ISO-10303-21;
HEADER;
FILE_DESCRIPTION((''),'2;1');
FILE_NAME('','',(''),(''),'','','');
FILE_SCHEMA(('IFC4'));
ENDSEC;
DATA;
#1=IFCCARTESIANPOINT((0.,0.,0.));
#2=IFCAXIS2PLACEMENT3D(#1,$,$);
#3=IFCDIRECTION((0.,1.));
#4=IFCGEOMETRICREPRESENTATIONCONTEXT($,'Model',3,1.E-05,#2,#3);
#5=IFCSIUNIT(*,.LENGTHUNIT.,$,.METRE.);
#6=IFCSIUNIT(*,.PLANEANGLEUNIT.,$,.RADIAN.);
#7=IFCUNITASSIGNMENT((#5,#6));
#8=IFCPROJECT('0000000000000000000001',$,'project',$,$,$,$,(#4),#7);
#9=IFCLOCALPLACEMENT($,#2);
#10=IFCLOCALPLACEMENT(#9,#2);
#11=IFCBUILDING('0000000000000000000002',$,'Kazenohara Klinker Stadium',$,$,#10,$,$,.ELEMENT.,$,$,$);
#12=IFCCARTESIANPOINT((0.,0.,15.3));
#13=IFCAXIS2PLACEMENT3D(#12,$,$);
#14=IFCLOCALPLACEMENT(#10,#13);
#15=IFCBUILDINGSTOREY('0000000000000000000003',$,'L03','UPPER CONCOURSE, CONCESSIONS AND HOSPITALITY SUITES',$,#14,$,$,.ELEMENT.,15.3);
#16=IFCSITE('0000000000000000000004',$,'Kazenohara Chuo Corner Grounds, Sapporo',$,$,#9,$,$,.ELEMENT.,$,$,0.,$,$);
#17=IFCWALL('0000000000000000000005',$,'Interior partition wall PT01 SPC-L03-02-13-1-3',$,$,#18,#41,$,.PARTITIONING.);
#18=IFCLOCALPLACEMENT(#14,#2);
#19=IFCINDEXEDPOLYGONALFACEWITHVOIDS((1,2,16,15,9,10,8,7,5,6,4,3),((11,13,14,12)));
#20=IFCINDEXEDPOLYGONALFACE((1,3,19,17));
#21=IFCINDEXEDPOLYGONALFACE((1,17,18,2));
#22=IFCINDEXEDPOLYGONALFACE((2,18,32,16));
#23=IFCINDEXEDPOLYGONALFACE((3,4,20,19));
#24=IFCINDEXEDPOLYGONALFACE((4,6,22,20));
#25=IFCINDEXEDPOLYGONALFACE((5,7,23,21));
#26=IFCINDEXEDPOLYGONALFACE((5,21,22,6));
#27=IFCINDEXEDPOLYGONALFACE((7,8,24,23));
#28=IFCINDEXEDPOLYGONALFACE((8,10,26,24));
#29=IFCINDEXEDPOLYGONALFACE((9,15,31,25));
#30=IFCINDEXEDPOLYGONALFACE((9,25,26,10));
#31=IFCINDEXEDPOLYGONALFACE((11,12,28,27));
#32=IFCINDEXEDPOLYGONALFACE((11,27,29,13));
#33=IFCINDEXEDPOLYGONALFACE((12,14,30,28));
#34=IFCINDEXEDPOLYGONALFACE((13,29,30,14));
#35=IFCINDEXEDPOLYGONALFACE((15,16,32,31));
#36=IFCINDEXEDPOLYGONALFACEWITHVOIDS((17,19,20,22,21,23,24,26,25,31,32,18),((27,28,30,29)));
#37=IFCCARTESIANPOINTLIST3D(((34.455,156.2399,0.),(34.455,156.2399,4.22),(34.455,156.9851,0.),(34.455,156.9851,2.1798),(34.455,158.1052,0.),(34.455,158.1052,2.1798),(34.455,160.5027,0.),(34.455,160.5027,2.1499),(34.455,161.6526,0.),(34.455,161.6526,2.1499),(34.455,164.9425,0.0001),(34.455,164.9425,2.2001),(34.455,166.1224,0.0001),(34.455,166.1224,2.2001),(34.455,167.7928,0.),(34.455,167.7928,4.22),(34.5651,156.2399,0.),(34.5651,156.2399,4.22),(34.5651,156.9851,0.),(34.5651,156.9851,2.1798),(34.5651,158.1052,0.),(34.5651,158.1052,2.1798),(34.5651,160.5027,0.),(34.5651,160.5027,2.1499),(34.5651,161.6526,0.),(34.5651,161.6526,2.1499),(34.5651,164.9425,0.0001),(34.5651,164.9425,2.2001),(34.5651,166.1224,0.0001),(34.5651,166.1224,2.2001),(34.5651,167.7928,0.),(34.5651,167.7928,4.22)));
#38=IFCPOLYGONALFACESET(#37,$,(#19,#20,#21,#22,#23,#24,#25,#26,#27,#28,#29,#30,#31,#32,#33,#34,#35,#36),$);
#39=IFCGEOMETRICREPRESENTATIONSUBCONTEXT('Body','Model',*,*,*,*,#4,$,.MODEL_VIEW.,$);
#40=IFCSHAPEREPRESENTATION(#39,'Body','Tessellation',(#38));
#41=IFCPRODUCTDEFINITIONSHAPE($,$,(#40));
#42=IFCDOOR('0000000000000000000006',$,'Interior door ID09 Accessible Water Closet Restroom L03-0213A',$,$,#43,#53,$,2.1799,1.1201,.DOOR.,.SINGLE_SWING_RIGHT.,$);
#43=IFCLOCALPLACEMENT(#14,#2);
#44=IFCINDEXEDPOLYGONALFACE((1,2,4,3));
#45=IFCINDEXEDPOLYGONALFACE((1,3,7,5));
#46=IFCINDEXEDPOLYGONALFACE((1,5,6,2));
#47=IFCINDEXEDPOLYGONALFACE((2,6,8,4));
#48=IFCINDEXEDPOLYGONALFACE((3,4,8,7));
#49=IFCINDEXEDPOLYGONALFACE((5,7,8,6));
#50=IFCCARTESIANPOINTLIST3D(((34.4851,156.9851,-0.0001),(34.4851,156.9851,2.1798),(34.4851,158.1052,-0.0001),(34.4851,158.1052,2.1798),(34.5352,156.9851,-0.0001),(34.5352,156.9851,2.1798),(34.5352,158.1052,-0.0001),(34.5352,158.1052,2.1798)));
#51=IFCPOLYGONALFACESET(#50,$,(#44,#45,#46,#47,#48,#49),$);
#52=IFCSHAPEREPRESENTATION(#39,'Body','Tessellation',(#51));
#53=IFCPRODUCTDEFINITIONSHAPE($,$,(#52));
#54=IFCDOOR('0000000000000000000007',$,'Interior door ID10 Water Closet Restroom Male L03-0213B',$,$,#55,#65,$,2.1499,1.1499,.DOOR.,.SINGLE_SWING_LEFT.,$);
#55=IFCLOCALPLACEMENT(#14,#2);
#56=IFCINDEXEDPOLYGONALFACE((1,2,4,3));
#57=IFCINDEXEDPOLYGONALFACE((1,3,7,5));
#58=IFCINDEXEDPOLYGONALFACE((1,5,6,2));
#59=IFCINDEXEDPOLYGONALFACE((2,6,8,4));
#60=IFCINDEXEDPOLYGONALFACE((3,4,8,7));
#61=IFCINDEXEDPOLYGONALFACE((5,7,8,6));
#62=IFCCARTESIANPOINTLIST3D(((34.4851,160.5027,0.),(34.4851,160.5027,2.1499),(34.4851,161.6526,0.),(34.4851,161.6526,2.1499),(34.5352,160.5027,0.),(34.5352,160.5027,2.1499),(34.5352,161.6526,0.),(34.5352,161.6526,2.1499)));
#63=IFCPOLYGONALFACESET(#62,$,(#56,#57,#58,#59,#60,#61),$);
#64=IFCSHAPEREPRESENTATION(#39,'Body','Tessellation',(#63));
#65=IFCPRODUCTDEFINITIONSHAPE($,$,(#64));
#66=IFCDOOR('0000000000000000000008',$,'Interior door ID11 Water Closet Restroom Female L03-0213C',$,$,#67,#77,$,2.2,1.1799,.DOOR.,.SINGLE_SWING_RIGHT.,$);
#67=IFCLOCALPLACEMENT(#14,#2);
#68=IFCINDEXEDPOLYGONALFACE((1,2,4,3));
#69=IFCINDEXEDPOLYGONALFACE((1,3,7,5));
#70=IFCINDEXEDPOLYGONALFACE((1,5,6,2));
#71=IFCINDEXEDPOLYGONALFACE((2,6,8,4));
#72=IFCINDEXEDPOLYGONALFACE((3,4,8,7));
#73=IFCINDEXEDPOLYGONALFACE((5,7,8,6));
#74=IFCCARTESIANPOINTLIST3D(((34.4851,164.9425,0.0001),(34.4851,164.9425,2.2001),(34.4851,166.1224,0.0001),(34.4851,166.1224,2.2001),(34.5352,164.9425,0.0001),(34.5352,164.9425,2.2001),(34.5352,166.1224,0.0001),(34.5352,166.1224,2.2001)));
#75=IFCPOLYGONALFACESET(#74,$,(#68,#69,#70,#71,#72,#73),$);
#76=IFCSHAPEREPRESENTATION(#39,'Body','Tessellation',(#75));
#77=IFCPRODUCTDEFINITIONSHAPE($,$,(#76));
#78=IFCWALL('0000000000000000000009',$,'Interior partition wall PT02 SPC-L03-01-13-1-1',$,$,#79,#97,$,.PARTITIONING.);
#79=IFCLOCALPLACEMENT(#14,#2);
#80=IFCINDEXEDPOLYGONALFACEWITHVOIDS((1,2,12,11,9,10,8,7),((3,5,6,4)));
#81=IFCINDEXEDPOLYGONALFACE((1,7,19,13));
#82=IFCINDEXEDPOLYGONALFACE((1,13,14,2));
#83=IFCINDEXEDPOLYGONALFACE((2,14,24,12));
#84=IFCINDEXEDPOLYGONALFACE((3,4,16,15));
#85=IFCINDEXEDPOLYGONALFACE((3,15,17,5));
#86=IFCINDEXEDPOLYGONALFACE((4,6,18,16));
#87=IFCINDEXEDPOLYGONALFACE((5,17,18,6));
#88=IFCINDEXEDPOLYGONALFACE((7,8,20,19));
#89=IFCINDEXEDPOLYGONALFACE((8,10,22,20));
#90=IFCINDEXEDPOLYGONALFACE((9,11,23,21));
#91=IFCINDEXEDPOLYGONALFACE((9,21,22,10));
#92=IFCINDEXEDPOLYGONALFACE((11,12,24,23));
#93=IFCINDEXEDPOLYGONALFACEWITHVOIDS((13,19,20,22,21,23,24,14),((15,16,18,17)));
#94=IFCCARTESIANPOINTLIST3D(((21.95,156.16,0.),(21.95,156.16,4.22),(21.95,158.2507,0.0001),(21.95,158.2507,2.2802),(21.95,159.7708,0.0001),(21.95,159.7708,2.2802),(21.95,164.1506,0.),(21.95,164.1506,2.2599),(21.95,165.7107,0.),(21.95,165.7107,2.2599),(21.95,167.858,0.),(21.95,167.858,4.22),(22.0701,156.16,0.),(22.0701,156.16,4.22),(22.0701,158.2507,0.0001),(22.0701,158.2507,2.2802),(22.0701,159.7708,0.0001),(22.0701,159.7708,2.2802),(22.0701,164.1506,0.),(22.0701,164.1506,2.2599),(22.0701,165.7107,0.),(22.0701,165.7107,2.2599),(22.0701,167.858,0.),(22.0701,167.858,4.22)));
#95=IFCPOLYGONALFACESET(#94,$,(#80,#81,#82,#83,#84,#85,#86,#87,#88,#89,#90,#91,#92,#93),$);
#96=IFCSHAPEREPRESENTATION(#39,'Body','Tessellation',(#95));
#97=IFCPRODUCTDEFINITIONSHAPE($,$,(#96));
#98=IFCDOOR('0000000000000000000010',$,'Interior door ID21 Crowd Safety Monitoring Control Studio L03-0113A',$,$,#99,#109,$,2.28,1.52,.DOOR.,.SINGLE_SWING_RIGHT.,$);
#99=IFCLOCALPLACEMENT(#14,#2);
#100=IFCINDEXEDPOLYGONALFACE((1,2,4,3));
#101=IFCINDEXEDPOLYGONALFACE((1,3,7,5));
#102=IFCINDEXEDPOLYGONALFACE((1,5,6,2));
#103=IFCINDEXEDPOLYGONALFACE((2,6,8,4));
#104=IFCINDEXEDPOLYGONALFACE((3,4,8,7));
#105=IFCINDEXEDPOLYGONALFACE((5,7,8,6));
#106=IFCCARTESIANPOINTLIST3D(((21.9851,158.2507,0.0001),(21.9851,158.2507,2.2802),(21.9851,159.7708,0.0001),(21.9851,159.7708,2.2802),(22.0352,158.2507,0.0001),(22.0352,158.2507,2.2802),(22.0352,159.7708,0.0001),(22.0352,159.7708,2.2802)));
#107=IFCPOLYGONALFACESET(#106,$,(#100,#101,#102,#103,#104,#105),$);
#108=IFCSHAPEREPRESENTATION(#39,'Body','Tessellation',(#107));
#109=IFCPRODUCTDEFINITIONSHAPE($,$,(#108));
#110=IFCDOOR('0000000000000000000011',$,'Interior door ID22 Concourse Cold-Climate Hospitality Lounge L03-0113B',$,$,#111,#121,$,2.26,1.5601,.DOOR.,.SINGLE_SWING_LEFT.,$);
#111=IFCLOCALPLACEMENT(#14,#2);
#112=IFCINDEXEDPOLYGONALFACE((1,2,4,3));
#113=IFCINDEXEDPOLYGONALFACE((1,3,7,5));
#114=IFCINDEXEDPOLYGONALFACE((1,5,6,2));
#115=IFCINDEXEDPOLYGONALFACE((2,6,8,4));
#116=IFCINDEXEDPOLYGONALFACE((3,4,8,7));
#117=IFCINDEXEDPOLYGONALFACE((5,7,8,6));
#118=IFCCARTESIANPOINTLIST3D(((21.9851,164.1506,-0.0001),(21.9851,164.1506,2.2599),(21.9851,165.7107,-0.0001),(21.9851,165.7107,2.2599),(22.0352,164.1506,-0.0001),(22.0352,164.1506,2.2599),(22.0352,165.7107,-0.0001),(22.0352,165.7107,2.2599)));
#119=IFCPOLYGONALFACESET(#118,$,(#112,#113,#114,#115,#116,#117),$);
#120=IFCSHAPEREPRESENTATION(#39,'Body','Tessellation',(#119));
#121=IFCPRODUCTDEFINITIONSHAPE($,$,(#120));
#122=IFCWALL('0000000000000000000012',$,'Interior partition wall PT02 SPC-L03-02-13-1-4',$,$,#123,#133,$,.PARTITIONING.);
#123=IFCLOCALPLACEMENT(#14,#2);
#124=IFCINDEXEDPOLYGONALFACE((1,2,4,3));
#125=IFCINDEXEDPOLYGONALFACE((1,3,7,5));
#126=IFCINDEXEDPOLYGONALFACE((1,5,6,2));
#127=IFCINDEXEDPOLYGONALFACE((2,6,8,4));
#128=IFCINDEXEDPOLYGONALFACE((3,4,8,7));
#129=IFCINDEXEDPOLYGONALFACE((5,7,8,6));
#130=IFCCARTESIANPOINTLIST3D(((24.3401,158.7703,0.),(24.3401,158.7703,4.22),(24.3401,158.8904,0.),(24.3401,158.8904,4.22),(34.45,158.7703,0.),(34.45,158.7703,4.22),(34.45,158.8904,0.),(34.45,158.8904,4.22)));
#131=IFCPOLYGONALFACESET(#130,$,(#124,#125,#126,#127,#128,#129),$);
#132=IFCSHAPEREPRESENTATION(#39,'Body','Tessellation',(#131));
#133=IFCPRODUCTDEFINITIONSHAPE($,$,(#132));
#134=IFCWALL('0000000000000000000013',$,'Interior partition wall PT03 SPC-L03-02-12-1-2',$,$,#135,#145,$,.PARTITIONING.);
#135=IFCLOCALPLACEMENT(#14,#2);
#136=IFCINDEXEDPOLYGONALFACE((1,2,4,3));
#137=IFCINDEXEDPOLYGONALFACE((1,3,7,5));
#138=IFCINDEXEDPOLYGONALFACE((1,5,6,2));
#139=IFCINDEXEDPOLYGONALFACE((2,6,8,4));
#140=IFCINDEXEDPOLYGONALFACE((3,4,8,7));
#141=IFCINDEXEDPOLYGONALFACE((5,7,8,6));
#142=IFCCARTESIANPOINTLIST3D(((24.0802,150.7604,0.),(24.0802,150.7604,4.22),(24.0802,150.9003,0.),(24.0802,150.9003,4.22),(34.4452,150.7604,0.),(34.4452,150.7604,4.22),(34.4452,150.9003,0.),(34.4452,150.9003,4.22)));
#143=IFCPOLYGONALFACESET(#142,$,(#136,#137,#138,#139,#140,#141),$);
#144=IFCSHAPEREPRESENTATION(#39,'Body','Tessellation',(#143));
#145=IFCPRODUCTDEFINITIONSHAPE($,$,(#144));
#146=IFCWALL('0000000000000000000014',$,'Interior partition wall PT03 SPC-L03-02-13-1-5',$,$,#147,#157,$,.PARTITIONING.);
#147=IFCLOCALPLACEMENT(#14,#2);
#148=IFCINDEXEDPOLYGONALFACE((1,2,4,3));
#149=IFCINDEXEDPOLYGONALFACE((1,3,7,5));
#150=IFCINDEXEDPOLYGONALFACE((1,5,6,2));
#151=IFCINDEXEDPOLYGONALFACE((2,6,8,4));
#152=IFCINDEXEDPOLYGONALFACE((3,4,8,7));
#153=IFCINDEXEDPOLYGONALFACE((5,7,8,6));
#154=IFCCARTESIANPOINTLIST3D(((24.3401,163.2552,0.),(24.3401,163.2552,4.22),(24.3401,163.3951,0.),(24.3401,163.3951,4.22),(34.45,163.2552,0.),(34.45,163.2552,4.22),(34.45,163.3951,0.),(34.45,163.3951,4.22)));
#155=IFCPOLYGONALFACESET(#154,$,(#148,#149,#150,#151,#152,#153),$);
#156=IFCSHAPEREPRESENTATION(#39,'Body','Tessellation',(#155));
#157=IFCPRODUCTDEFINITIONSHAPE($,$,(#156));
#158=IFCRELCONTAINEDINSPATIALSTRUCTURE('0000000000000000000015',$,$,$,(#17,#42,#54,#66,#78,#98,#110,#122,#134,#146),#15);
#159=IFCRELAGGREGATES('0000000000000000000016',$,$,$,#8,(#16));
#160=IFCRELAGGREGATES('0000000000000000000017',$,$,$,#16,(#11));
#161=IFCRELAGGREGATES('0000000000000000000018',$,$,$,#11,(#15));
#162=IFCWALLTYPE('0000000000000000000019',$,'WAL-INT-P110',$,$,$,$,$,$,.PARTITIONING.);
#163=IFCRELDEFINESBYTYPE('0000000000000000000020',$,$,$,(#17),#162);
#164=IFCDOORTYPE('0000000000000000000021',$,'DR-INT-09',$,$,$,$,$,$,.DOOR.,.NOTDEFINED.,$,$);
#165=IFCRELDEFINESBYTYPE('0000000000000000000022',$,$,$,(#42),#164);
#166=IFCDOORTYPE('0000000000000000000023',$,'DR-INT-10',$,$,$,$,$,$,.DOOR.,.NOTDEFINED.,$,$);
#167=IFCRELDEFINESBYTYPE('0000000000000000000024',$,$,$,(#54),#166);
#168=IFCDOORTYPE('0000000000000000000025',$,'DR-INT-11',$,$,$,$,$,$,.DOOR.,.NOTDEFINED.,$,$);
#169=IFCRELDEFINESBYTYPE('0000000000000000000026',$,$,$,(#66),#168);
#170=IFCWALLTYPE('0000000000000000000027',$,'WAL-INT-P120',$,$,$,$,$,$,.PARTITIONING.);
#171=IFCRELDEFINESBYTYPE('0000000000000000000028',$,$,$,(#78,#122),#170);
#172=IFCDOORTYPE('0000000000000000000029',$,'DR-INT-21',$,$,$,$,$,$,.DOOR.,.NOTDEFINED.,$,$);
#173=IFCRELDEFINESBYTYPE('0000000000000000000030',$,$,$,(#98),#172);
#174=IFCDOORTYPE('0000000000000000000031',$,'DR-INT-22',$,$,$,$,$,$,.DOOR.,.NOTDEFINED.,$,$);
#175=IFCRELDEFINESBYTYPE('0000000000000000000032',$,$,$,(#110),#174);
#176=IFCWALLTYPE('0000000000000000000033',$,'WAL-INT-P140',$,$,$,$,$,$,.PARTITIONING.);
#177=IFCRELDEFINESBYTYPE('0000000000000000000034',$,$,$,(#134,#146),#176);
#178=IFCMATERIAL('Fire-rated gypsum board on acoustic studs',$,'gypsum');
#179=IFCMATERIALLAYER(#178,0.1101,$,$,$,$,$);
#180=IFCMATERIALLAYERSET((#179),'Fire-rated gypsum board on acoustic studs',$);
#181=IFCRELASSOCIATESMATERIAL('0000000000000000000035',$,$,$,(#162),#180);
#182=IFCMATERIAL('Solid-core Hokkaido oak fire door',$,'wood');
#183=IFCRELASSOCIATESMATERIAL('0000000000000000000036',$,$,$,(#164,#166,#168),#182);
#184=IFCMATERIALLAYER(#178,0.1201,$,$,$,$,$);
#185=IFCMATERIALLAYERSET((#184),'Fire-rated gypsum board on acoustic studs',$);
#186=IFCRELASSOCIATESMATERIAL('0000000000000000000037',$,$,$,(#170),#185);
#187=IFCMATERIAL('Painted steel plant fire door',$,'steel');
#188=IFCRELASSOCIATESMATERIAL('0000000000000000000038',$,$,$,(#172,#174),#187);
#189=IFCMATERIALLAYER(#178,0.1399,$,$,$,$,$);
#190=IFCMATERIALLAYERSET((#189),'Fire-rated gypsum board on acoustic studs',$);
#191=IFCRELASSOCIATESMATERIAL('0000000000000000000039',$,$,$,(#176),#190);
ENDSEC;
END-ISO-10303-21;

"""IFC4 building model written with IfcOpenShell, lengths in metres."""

from ifc_helpers import new_model, si_unit, direction, frame, frame_2d, origin, place, context, subcontext, project, spatial, rectangle, extrude, material, layer, layer_set, type_object, element, fill, save


model = new_model("IFC4")

# Units and contexts
model_context = context("Model", 3, precision=1e-05, world=origin(), true_north=direction((0.0, 1.0)))
body_context = subcontext(model_context, "Body", "Model", "MODEL_VIEW")
ifc_project = project(units=[si_unit("LENGTHUNIT", "METRE"), si_unit("PLANEANGLEUNIT", "RADIAN")], contexts=[model_context])

# Site, building, storey
site_placement = place(None, origin())
site = spatial("IfcSite", under=ifc_project, at=site_placement, Name="Kazenohara Chuo Corner Grounds, Sapporo", CompositionType="ELEMENT", RefElevation=0.0)
building_placement = place(site_placement, origin())
building = spatial("IfcBuilding", under=site, at=building_placement, Name="Kazenohara Klinker Stadium", CompositionType="ELEMENT")
storey_placement = place(building_placement, frame((0.0, 0.0, 15.3)))
storey = spatial("IfcBuildingStorey", under=building, at=storey_placement, Name="L03", Description="UPPER CONCOURSE, CONCESSIONS AND HOSPITALITY SUITES", CompositionType="ELEMENT", Elevation=15.3)

# Walls, openings, doors
ifc_material_1 = material(Name="Fire-rated gypsum board on acoustic studs", Category="gypsum")
ifc_layer_1 = layer(ifc_material_1, 0.1101)
ifc_layer_set_1 = layer_set([ifc_layer_1], Name="Fire-rated gypsum board on acoustic studs")
wall_type_1 = type_object("IfcWallType", Name="WAL-INT-P110", PredefinedType="PARTITIONING", material=ifc_layer_set_1)
wall_1_placement = place(storey_placement, frame((34.51, 156.24, 0.0), z_axis=(0.0, 0.0, 1.0), x_axis=(0.0, 1.0, 0.0)))
wall_1 = element("IfcWall", 1, at=wall_1_placement, inside=storey, type_object=wall_type_1, Name="Interior partition wall PT01 SPC-L03-02-13-1-3", PredefinedType="PARTITIONING", context=body_context, shape_type="SweptSolid", body=[
    extrude(rectangle(XDim=11.553, YDim=0.1101, at=frame_2d((5.7764, 0.0))), origin(), (0.0, 0.0, 1.0), 4.22),
])
opening_1_placement = place(wall_1_placement, frame((0.7451, 0.0, 0.0)))
opening_1 = element("IfcOpeningElement", 2, at=opening_1_placement, cuts=wall_1, PredefinedType="OPENING", context=body_context, shape_type="SweptSolid", body=[
    extrude(rectangle(XDim=1.1201, YDim=2.1799, at=frame_2d((0.5601, 1.0898))), frame((0.0, 0.0649, 0.0), z_axis=(0.0, -1.0, 0.0), x_axis=(1.0, 0.0, 0.0)), (0.0, 0.0, 1.0), 0.1301),
])
opening_2_placement = place(wall_1_placement, frame((4.2627, 0.0, 0.0)))
opening_2 = element("IfcOpeningElement", 3, at=opening_2_placement, cuts=wall_1, PredefinedType="OPENING", context=body_context, shape_type="SweptSolid", body=[
    extrude(rectangle(XDim=1.1499, YDim=2.1499, at=frame_2d((0.575, 1.075))), frame((0.0, 0.0649, 0.0), z_axis=(0.0, -1.0, 0.0), x_axis=(1.0, 0.0, 0.0)), (0.0, 0.0, 1.0), 0.1301),
])
opening_3_placement = place(wall_1_placement, frame((8.7026, 0.0, 0.0)))
opening_3 = element("IfcOpeningElement", 4, at=opening_3_placement, cuts=wall_1, PredefinedType="OPENING", context=body_context, shape_type="SweptSolid", body=[
    extrude(rectangle(XDim=1.1799, YDim=2.2, at=frame_2d((0.5898, 1.1001))), frame((0.0, 0.0649, 0.0), z_axis=(0.0, -1.0, 0.0), x_axis=(1.0, 0.0, 0.0)), (0.0, 0.0, 1.0), 0.1301),
])
ifc_material_2 = material(Name="Solid-core Hokkaido oak fire door", Category="wood")
door_type_1 = type_object("IfcDoorType", Name="DR-INT-09", OperationType="NOTDEFINED", PredefinedType="DOOR", material=ifc_material_2)
door_1_placement = place(opening_1_placement, origin())
door_1 = element("IfcDoor", 5, at=door_1_placement, inside=storey, type_object=door_type_1, Name="Interior door ID09 Accessible Water Closet Restroom L03-0213A", OperationType="SINGLE_SWING_RIGHT", OverallHeight=2.1799, OverallWidth=1.1201, PredefinedType="DOOR", context=body_context, shape_type="SweptSolid", body=[
    extrude(rectangle(XDim=1.1201, YDim=2.1799, at=frame_2d((0.5601, 1.0898))), frame((0.0, 0.0249, 0.0), z_axis=(0.0, -1.0, 0.0), x_axis=(1.0, 0.0, 0.0)), (0.0, 0.0, 1.0), 0.05),
])
fill(opening_1, door_1)
door_type_2 = type_object("IfcDoorType", Name="DR-INT-10", OperationType="NOTDEFINED", PredefinedType="DOOR", material=ifc_material_2)
door_2_placement = place(opening_2_placement, origin())
door_2 = element("IfcDoor", 6, at=door_2_placement, inside=storey, type_object=door_type_2, Name="Interior door ID10 Water Closet Restroom Male L03-0213B", OperationType="SINGLE_SWING_LEFT", OverallHeight=2.1499, OverallWidth=1.1499, PredefinedType="DOOR", context=body_context, shape_type="SweptSolid", body=[
    extrude(rectangle(XDim=1.1499, YDim=2.1499, at=frame_2d((0.575, 1.075))), frame((0.0, 0.0249, 0.0), z_axis=(0.0, -1.0, 0.0), x_axis=(1.0, 0.0, 0.0)), (0.0, 0.0, 1.0), 0.05),
])
fill(opening_2, door_2)
door_type_3 = type_object("IfcDoorType", Name="DR-INT-11", OperationType="NOTDEFINED", PredefinedType="DOOR", material=ifc_material_2)
door_3_placement = place(opening_3_placement, origin())
door_3 = element("IfcDoor", 7, at=door_3_placement, inside=storey, type_object=door_type_3, Name="Interior door ID11 Water Closet Restroom Female L03-0213C", OperationType="SINGLE_SWING_RIGHT", OverallHeight=2.2, OverallWidth=1.1799, PredefinedType="DOOR", context=body_context, shape_type="SweptSolid", body=[
    extrude(rectangle(XDim=1.1799, YDim=2.2, at=frame_2d((0.5898, 1.1001))), frame((0.0, 0.0249, 0.0), z_axis=(0.0, -1.0, 0.0), x_axis=(1.0, 0.0, 0.0)), (0.0, 0.0, 1.0), 0.05),
])
fill(opening_3, door_3)
ifc_layer_2 = layer(ifc_material_1, 0.1201)
ifc_layer_set_2 = layer_set([ifc_layer_2], Name="Fire-rated gypsum board on acoustic studs")
wall_type_2 = type_object("IfcWallType", Name="WAL-INT-P120", PredefinedType="PARTITIONING", material=ifc_layer_set_2)
wall_2_placement = place(storey_placement, frame((22.01, 156.1599, 0.0), z_axis=(0.0, 0.0, 1.0), x_axis=(0.0, 1.0, 0.0)))
wall_2 = element("IfcWall", 8, at=wall_2_placement, inside=storey, type_object=wall_type_2, Name="Interior partition wall PT02 SPC-L03-01-13-1-1", PredefinedType="PARTITIONING", context=body_context, shape_type="SweptSolid", body=[
    extrude(rectangle(XDim=11.698, YDim=0.1201, at=frame_2d((5.8491, 0.0))), origin(), (0.0, 0.0, 1.0), 4.22),
])
opening_4_placement = place(wall_2_placement, frame((2.0908, 0.0, 0.0)))
opening_4 = element("IfcOpeningElement", 9, at=opening_4_placement, cuts=wall_2, PredefinedType="OPENING", context=body_context, shape_type="SweptSolid", body=[
    extrude(rectangle(XDim=1.52, YDim=2.28, at=frame_2d((0.76, 1.1401))), frame((0.0, 0.0701, 0.0), z_axis=(0.0, -1.0, 0.0), x_axis=(1.0, 0.0, 0.0)), (0.0, 0.0, 1.0), 0.1401),
])
opening_5_placement = place(wall_2_placement, frame((7.9907, 0.0, 0.0)))
opening_5 = element("IfcOpeningElement", 10, at=opening_5_placement, cuts=wall_2, PredefinedType="OPENING", context=body_context, shape_type="SweptSolid", body=[
    extrude(rectangle(XDim=1.5601, YDim=2.26, at=frame_2d((0.78, 1.1299))), frame((0.0, 0.0701, 0.0), z_axis=(0.0, -1.0, 0.0), x_axis=(1.0, 0.0, 0.0)), (0.0, 0.0, 1.0), 0.1401),
])
ifc_material_3 = material(Name="Painted steel plant fire door", Category="steel")
door_type_4 = type_object("IfcDoorType", Name="DR-INT-21", OperationType="NOTDEFINED", PredefinedType="DOOR", material=ifc_material_3)
door_4_placement = place(opening_4_placement, origin())
door_4 = element("IfcDoor", 11, at=door_4_placement, inside=storey, type_object=door_type_4, Name="Interior door ID21 Crowd Safety Monitoring Control Studio L03-0113A", OperationType="SINGLE_SWING_RIGHT", OverallHeight=2.28, OverallWidth=1.52, PredefinedType="DOOR", context=body_context, shape_type="SweptSolid", body=[
    extrude(rectangle(XDim=1.52, YDim=2.28, at=frame_2d((0.76, 1.1401))), frame((0.0, 0.0249, 0.0), z_axis=(0.0, -1.0, 0.0), x_axis=(1.0, 0.0, 0.0)), (0.0, 0.0, 1.0), 0.05),
])
fill(opening_4, door_4)
door_type_5 = type_object("IfcDoorType", Name="DR-INT-22", OperationType="NOTDEFINED", PredefinedType="DOOR", material=ifc_material_3)
door_5_placement = place(opening_5_placement, origin())
door_5 = element("IfcDoor", 12, at=door_5_placement, inside=storey, type_object=door_type_5, Name="Interior door ID22 Concourse Cold-Climate Hospitality Lounge L03-0113B", OperationType="SINGLE_SWING_LEFT", OverallHeight=2.26, OverallWidth=1.5601, PredefinedType="DOOR", context=body_context, shape_type="SweptSolid", body=[
    extrude(rectangle(XDim=1.5601, YDim=2.26, at=frame_2d((0.78, 1.1299))), frame((0.0, 0.0249, 0.0), z_axis=(0.0, -1.0, 0.0), x_axis=(1.0, 0.0, 0.0)), (0.0, 0.0, 1.0), 0.05),
])
fill(opening_5, door_5)

# Walls
wall_3_placement = place(storey_placement, frame((24.3401, 158.8303, 0.0), z_axis=(0.0, 0.0, 1.0), x_axis=(1.0, 0.0, 0.0)))
element("IfcWall", 13, at=wall_3_placement, inside=storey, type_object=wall_type_2, Name="Interior partition wall PT02 SPC-L03-02-13-1-4", PredefinedType="PARTITIONING", context=body_context, shape_type="SweptSolid", body=[
    extrude(rectangle(XDim=10.1099, YDim=0.1201, at=frame_2d((5.0549, 0.0))), origin(), (0.0, 0.0, 1.0), 4.22),
])
ifc_layer_3 = layer(ifc_material_1, 0.1399)
ifc_layer_set_3 = layer_set([ifc_layer_3], Name="Fire-rated gypsum board on acoustic studs")
wall_type_3 = type_object("IfcWallType", Name="WAL-INT-P140", PredefinedType="PARTITIONING", material=ifc_layer_set_3)
wall_4_placement = place(storey_placement, frame((24.0801, 150.8303, 0.0), z_axis=(0.0, 0.0, 1.0), x_axis=(1.0, 0.0, 0.0)))
element("IfcWall", 14, at=wall_4_placement, inside=storey, type_object=wall_type_3, Name="Interior partition wall PT03 SPC-L03-02-12-1-2", PredefinedType="PARTITIONING", context=body_context, shape_type="SweptSolid", body=[
    extrude(rectangle(XDim=10.365, YDim=0.1399, at=frame_2d((5.1826, 0.0))), origin(), (0.0, 0.0, 1.0), 4.22),
])
wall_5_placement = place(storey_placement, frame((24.3401, 163.3252, 0.0), z_axis=(0.0, 0.0, 1.0), x_axis=(1.0, 0.0, 0.0)))
element("IfcWall", 15, at=wall_5_placement, inside=storey, type_object=wall_type_3, Name="Interior partition wall PT03 SPC-L03-02-13-1-5", PredefinedType="PARTITIONING", context=body_context, shape_type="SweptSolid", body=[
    extrude(rectangle(XDim=10.1099, YDim=0.1399, at=frame_2d((5.0549, 0.0))), origin(), (0.0, 0.0, 1.0), 4.22),
])

save(model, "model.ifc")
